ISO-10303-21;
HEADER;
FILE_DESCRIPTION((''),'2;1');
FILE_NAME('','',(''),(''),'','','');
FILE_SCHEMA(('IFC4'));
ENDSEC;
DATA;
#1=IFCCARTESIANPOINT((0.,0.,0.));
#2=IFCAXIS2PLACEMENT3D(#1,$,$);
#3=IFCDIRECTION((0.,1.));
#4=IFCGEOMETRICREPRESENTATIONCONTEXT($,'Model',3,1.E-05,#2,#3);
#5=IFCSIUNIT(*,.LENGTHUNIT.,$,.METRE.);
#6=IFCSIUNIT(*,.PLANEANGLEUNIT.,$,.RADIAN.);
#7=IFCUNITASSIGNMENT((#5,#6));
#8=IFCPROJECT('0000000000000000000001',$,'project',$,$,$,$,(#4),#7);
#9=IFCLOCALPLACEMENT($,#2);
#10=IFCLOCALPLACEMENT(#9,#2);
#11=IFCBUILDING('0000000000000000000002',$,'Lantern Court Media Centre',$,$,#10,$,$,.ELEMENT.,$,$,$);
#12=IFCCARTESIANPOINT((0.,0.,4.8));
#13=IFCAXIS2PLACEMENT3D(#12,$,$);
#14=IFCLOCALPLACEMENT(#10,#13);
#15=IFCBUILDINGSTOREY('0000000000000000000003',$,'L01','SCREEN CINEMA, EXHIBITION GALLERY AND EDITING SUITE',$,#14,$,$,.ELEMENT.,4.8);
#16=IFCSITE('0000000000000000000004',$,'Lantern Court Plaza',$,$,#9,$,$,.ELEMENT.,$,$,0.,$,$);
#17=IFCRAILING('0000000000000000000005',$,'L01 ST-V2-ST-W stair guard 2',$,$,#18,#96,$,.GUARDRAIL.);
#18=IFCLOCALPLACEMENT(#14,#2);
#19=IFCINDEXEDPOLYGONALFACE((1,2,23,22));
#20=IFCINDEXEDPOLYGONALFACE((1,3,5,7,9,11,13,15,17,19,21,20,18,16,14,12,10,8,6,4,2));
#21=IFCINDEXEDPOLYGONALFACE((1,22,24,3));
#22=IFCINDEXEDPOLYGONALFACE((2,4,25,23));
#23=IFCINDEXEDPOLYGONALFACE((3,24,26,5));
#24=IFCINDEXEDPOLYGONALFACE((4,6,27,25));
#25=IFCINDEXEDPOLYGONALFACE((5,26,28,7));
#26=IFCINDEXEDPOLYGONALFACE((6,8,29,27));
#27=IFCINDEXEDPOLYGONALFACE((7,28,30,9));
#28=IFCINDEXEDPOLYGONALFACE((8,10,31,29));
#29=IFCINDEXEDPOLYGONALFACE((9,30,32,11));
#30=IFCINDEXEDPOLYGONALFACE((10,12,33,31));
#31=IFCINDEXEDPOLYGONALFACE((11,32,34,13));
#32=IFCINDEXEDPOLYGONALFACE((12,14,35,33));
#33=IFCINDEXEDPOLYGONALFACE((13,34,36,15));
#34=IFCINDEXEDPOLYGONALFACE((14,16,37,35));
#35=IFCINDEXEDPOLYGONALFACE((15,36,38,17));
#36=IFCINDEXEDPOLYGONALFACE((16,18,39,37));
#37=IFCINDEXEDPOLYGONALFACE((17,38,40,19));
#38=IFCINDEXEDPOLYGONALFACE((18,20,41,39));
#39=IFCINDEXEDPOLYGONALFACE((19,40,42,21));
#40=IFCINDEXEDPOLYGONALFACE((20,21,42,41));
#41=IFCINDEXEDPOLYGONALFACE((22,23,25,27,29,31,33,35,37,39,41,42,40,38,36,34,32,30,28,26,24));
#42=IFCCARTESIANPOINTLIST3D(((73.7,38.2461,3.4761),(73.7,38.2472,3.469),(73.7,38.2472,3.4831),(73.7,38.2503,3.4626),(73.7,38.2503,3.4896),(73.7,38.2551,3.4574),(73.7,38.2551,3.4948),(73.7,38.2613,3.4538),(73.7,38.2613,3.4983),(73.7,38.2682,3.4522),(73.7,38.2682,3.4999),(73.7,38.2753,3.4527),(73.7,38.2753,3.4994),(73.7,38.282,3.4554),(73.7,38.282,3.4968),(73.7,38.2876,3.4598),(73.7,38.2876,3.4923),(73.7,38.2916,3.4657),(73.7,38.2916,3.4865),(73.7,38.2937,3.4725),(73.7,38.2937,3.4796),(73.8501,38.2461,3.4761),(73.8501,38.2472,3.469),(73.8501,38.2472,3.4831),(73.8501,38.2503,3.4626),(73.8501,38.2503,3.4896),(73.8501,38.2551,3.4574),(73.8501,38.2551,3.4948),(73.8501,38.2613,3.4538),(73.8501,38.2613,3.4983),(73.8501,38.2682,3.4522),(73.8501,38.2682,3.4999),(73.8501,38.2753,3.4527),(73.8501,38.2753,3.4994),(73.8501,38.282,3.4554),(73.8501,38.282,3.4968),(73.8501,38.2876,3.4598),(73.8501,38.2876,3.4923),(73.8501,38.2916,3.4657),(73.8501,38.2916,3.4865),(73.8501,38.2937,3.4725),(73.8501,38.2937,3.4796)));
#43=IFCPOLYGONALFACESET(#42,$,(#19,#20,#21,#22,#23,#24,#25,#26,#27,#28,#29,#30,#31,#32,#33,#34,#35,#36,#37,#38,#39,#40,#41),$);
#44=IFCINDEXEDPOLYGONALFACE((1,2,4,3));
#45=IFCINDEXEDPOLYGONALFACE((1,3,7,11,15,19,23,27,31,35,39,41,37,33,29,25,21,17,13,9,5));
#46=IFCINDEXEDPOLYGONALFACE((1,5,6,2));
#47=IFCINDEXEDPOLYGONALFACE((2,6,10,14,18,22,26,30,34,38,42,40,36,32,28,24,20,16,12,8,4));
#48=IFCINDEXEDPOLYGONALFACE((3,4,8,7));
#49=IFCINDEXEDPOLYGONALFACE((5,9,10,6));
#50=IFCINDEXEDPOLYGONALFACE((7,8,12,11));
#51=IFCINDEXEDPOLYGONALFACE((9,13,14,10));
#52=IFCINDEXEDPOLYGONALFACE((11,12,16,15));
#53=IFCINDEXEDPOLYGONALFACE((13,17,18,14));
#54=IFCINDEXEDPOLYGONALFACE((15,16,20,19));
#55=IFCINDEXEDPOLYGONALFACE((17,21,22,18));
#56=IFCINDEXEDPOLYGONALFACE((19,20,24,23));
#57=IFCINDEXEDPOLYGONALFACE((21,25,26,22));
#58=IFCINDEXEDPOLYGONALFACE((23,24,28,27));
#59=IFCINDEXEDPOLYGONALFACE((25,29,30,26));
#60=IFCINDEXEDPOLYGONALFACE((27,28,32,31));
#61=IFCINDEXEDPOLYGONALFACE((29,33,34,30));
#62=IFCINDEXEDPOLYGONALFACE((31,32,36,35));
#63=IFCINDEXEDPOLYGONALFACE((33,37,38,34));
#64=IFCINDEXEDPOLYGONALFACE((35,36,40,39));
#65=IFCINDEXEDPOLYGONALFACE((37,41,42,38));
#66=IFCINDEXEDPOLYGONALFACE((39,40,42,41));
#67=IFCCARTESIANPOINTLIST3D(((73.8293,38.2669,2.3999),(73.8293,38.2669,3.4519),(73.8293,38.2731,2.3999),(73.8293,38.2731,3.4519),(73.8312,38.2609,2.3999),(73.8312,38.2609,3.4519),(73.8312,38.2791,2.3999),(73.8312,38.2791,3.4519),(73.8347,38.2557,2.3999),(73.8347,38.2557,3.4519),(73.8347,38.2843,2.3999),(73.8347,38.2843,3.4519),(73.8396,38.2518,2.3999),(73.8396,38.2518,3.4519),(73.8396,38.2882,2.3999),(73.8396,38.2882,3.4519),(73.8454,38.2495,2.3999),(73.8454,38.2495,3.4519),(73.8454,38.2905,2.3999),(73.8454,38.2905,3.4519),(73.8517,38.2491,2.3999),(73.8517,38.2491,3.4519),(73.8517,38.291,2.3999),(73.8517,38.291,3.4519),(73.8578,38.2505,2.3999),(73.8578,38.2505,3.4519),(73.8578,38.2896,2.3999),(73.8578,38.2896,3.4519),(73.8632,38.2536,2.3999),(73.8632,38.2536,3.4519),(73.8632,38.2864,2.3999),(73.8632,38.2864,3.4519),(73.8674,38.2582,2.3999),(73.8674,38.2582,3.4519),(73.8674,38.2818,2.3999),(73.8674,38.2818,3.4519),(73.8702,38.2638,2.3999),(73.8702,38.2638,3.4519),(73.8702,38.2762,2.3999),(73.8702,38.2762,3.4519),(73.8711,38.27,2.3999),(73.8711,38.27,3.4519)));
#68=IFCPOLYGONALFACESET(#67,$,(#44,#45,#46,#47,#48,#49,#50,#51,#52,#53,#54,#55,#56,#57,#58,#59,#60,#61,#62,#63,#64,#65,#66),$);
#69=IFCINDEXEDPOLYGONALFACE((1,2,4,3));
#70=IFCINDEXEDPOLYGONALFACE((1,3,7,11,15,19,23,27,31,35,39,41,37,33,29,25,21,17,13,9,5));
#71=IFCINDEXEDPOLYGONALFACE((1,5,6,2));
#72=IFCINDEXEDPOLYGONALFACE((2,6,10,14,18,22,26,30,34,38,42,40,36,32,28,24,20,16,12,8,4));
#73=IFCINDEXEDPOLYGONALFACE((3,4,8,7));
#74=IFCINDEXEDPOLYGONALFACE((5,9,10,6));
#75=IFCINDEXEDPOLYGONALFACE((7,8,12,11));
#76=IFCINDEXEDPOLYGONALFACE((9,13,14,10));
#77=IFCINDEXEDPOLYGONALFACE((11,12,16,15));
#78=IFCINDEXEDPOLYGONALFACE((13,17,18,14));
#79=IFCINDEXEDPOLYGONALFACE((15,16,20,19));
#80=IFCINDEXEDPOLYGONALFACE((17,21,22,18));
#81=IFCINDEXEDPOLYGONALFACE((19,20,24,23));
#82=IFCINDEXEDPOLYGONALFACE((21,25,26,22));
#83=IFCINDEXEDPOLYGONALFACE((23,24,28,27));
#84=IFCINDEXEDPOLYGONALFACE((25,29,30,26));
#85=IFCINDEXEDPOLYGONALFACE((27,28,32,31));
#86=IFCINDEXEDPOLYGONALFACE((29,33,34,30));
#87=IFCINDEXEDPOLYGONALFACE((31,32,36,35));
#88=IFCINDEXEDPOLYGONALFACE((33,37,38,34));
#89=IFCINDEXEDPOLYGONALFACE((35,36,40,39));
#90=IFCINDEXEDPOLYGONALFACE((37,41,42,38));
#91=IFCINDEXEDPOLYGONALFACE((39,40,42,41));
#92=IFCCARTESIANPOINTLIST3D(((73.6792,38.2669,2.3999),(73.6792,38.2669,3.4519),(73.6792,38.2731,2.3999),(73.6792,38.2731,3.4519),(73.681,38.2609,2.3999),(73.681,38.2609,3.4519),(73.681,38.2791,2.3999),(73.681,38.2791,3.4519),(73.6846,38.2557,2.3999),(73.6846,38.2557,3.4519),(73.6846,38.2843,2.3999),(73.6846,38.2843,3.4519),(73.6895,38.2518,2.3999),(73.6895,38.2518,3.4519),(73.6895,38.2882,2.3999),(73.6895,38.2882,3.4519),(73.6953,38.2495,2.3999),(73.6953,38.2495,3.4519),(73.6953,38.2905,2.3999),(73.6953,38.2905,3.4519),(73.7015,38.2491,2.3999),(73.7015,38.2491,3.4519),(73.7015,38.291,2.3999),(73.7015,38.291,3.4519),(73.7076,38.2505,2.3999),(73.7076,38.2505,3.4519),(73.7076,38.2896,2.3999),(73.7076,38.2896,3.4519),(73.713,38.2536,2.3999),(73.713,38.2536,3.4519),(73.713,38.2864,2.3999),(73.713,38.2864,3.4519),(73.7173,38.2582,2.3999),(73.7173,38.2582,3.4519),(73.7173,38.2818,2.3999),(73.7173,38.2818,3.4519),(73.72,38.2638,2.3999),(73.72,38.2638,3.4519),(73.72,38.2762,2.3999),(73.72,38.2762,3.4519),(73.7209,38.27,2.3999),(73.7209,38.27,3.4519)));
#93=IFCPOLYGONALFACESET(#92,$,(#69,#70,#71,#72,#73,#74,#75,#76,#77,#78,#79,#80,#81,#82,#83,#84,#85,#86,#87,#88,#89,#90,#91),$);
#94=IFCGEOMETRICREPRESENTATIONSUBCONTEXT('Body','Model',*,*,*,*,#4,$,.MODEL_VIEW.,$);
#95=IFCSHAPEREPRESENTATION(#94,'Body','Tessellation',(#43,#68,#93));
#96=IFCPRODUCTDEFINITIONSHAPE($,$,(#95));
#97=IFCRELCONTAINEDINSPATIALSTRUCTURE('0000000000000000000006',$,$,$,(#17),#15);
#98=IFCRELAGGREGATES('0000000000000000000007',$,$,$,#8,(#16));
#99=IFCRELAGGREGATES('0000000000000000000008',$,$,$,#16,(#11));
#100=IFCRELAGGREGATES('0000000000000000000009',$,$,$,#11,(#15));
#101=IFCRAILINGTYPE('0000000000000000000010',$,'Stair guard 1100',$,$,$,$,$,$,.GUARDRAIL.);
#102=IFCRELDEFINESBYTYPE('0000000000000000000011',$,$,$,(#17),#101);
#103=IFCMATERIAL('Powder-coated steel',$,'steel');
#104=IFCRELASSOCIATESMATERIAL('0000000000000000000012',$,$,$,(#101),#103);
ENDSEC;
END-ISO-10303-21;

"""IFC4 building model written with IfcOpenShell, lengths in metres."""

from ifc_helpers import new_model, si_unit, direction, frame, origin, origin_2d, place, context, subcontext, project, spatial, circle, extrude, material, type_object, element, save


model = new_model("IFC4")

# Units and contexts
model_context = context("Model", 3, precision=1e-05, world=origin(), true_north=direction((0.0, 1.0)))
body_context = subcontext(model_context, "Body", "Model", "MODEL_VIEW")
ifc_project = project(units=[si_unit("LENGTHUNIT", "METRE"), si_unit("PLANEANGLEUNIT", "RADIAN")], contexts=[model_context])

# Site, building, storey
site_placement = place(None, origin())
site = spatial("IfcSite", under=ifc_project, at=site_placement, Name="Lantern Court Plaza", CompositionType="ELEMENT", RefElevation=0.0)
building_placement = place(site_placement, origin())
building = spatial("IfcBuilding", under=site, at=building_placement, Name="Lantern Court Media Centre", CompositionType="ELEMENT")
storey_placement = place(building_placement, frame((0.0, 0.0, 4.8)))
storey = spatial("IfcBuildingStorey", under=building, at=storey_placement, Name="L01", Description="SCREEN CINEMA, EXHIBITION GALLERY AND EDITING SUITE", CompositionType="ELEMENT", Elevation=4.8)

# Railing
ifc_material_1 = material(Name="Powder-coated steel", Category="steel")
railing_type_1 = type_object("IfcRailingType", Name="Stair guard 1100", PredefinedType="GUARDRAIL", material=ifc_material_1)
railing_1_placement = place(storey_placement, frame((73.8501, 38.27, 2.3999)))
element("IfcRailing", 1, at=railing_1_placement, inside=storey, type_object=railing_type_1, Name="L01 ST-V2-ST-W stair guard 2", PredefinedType="GUARDRAIL", context=body_context, shape_type="SweptSolid", body=[
    extrude(circle(Radius=0.0239, at=origin_2d()), frame((0.0, 0.0, 1.0762), z_axis=(-1.0, 0.0, 0.0), x_axis=(0.0, -1.0, 0.0)), (0.0, 0.0, 1.0), 0.1501),
    extrude(circle(Radius=0.021, at=origin_2d()), origin(), (0.0, 0.0, 1.0), 1.052),
    extrude(circle(Radius=0.021, at=origin_2d()), frame((-0.1501, 0.0, 0.0)), (0.0, 0.0, 1.0), 1.052),
])

save(model, "model.ifc")
